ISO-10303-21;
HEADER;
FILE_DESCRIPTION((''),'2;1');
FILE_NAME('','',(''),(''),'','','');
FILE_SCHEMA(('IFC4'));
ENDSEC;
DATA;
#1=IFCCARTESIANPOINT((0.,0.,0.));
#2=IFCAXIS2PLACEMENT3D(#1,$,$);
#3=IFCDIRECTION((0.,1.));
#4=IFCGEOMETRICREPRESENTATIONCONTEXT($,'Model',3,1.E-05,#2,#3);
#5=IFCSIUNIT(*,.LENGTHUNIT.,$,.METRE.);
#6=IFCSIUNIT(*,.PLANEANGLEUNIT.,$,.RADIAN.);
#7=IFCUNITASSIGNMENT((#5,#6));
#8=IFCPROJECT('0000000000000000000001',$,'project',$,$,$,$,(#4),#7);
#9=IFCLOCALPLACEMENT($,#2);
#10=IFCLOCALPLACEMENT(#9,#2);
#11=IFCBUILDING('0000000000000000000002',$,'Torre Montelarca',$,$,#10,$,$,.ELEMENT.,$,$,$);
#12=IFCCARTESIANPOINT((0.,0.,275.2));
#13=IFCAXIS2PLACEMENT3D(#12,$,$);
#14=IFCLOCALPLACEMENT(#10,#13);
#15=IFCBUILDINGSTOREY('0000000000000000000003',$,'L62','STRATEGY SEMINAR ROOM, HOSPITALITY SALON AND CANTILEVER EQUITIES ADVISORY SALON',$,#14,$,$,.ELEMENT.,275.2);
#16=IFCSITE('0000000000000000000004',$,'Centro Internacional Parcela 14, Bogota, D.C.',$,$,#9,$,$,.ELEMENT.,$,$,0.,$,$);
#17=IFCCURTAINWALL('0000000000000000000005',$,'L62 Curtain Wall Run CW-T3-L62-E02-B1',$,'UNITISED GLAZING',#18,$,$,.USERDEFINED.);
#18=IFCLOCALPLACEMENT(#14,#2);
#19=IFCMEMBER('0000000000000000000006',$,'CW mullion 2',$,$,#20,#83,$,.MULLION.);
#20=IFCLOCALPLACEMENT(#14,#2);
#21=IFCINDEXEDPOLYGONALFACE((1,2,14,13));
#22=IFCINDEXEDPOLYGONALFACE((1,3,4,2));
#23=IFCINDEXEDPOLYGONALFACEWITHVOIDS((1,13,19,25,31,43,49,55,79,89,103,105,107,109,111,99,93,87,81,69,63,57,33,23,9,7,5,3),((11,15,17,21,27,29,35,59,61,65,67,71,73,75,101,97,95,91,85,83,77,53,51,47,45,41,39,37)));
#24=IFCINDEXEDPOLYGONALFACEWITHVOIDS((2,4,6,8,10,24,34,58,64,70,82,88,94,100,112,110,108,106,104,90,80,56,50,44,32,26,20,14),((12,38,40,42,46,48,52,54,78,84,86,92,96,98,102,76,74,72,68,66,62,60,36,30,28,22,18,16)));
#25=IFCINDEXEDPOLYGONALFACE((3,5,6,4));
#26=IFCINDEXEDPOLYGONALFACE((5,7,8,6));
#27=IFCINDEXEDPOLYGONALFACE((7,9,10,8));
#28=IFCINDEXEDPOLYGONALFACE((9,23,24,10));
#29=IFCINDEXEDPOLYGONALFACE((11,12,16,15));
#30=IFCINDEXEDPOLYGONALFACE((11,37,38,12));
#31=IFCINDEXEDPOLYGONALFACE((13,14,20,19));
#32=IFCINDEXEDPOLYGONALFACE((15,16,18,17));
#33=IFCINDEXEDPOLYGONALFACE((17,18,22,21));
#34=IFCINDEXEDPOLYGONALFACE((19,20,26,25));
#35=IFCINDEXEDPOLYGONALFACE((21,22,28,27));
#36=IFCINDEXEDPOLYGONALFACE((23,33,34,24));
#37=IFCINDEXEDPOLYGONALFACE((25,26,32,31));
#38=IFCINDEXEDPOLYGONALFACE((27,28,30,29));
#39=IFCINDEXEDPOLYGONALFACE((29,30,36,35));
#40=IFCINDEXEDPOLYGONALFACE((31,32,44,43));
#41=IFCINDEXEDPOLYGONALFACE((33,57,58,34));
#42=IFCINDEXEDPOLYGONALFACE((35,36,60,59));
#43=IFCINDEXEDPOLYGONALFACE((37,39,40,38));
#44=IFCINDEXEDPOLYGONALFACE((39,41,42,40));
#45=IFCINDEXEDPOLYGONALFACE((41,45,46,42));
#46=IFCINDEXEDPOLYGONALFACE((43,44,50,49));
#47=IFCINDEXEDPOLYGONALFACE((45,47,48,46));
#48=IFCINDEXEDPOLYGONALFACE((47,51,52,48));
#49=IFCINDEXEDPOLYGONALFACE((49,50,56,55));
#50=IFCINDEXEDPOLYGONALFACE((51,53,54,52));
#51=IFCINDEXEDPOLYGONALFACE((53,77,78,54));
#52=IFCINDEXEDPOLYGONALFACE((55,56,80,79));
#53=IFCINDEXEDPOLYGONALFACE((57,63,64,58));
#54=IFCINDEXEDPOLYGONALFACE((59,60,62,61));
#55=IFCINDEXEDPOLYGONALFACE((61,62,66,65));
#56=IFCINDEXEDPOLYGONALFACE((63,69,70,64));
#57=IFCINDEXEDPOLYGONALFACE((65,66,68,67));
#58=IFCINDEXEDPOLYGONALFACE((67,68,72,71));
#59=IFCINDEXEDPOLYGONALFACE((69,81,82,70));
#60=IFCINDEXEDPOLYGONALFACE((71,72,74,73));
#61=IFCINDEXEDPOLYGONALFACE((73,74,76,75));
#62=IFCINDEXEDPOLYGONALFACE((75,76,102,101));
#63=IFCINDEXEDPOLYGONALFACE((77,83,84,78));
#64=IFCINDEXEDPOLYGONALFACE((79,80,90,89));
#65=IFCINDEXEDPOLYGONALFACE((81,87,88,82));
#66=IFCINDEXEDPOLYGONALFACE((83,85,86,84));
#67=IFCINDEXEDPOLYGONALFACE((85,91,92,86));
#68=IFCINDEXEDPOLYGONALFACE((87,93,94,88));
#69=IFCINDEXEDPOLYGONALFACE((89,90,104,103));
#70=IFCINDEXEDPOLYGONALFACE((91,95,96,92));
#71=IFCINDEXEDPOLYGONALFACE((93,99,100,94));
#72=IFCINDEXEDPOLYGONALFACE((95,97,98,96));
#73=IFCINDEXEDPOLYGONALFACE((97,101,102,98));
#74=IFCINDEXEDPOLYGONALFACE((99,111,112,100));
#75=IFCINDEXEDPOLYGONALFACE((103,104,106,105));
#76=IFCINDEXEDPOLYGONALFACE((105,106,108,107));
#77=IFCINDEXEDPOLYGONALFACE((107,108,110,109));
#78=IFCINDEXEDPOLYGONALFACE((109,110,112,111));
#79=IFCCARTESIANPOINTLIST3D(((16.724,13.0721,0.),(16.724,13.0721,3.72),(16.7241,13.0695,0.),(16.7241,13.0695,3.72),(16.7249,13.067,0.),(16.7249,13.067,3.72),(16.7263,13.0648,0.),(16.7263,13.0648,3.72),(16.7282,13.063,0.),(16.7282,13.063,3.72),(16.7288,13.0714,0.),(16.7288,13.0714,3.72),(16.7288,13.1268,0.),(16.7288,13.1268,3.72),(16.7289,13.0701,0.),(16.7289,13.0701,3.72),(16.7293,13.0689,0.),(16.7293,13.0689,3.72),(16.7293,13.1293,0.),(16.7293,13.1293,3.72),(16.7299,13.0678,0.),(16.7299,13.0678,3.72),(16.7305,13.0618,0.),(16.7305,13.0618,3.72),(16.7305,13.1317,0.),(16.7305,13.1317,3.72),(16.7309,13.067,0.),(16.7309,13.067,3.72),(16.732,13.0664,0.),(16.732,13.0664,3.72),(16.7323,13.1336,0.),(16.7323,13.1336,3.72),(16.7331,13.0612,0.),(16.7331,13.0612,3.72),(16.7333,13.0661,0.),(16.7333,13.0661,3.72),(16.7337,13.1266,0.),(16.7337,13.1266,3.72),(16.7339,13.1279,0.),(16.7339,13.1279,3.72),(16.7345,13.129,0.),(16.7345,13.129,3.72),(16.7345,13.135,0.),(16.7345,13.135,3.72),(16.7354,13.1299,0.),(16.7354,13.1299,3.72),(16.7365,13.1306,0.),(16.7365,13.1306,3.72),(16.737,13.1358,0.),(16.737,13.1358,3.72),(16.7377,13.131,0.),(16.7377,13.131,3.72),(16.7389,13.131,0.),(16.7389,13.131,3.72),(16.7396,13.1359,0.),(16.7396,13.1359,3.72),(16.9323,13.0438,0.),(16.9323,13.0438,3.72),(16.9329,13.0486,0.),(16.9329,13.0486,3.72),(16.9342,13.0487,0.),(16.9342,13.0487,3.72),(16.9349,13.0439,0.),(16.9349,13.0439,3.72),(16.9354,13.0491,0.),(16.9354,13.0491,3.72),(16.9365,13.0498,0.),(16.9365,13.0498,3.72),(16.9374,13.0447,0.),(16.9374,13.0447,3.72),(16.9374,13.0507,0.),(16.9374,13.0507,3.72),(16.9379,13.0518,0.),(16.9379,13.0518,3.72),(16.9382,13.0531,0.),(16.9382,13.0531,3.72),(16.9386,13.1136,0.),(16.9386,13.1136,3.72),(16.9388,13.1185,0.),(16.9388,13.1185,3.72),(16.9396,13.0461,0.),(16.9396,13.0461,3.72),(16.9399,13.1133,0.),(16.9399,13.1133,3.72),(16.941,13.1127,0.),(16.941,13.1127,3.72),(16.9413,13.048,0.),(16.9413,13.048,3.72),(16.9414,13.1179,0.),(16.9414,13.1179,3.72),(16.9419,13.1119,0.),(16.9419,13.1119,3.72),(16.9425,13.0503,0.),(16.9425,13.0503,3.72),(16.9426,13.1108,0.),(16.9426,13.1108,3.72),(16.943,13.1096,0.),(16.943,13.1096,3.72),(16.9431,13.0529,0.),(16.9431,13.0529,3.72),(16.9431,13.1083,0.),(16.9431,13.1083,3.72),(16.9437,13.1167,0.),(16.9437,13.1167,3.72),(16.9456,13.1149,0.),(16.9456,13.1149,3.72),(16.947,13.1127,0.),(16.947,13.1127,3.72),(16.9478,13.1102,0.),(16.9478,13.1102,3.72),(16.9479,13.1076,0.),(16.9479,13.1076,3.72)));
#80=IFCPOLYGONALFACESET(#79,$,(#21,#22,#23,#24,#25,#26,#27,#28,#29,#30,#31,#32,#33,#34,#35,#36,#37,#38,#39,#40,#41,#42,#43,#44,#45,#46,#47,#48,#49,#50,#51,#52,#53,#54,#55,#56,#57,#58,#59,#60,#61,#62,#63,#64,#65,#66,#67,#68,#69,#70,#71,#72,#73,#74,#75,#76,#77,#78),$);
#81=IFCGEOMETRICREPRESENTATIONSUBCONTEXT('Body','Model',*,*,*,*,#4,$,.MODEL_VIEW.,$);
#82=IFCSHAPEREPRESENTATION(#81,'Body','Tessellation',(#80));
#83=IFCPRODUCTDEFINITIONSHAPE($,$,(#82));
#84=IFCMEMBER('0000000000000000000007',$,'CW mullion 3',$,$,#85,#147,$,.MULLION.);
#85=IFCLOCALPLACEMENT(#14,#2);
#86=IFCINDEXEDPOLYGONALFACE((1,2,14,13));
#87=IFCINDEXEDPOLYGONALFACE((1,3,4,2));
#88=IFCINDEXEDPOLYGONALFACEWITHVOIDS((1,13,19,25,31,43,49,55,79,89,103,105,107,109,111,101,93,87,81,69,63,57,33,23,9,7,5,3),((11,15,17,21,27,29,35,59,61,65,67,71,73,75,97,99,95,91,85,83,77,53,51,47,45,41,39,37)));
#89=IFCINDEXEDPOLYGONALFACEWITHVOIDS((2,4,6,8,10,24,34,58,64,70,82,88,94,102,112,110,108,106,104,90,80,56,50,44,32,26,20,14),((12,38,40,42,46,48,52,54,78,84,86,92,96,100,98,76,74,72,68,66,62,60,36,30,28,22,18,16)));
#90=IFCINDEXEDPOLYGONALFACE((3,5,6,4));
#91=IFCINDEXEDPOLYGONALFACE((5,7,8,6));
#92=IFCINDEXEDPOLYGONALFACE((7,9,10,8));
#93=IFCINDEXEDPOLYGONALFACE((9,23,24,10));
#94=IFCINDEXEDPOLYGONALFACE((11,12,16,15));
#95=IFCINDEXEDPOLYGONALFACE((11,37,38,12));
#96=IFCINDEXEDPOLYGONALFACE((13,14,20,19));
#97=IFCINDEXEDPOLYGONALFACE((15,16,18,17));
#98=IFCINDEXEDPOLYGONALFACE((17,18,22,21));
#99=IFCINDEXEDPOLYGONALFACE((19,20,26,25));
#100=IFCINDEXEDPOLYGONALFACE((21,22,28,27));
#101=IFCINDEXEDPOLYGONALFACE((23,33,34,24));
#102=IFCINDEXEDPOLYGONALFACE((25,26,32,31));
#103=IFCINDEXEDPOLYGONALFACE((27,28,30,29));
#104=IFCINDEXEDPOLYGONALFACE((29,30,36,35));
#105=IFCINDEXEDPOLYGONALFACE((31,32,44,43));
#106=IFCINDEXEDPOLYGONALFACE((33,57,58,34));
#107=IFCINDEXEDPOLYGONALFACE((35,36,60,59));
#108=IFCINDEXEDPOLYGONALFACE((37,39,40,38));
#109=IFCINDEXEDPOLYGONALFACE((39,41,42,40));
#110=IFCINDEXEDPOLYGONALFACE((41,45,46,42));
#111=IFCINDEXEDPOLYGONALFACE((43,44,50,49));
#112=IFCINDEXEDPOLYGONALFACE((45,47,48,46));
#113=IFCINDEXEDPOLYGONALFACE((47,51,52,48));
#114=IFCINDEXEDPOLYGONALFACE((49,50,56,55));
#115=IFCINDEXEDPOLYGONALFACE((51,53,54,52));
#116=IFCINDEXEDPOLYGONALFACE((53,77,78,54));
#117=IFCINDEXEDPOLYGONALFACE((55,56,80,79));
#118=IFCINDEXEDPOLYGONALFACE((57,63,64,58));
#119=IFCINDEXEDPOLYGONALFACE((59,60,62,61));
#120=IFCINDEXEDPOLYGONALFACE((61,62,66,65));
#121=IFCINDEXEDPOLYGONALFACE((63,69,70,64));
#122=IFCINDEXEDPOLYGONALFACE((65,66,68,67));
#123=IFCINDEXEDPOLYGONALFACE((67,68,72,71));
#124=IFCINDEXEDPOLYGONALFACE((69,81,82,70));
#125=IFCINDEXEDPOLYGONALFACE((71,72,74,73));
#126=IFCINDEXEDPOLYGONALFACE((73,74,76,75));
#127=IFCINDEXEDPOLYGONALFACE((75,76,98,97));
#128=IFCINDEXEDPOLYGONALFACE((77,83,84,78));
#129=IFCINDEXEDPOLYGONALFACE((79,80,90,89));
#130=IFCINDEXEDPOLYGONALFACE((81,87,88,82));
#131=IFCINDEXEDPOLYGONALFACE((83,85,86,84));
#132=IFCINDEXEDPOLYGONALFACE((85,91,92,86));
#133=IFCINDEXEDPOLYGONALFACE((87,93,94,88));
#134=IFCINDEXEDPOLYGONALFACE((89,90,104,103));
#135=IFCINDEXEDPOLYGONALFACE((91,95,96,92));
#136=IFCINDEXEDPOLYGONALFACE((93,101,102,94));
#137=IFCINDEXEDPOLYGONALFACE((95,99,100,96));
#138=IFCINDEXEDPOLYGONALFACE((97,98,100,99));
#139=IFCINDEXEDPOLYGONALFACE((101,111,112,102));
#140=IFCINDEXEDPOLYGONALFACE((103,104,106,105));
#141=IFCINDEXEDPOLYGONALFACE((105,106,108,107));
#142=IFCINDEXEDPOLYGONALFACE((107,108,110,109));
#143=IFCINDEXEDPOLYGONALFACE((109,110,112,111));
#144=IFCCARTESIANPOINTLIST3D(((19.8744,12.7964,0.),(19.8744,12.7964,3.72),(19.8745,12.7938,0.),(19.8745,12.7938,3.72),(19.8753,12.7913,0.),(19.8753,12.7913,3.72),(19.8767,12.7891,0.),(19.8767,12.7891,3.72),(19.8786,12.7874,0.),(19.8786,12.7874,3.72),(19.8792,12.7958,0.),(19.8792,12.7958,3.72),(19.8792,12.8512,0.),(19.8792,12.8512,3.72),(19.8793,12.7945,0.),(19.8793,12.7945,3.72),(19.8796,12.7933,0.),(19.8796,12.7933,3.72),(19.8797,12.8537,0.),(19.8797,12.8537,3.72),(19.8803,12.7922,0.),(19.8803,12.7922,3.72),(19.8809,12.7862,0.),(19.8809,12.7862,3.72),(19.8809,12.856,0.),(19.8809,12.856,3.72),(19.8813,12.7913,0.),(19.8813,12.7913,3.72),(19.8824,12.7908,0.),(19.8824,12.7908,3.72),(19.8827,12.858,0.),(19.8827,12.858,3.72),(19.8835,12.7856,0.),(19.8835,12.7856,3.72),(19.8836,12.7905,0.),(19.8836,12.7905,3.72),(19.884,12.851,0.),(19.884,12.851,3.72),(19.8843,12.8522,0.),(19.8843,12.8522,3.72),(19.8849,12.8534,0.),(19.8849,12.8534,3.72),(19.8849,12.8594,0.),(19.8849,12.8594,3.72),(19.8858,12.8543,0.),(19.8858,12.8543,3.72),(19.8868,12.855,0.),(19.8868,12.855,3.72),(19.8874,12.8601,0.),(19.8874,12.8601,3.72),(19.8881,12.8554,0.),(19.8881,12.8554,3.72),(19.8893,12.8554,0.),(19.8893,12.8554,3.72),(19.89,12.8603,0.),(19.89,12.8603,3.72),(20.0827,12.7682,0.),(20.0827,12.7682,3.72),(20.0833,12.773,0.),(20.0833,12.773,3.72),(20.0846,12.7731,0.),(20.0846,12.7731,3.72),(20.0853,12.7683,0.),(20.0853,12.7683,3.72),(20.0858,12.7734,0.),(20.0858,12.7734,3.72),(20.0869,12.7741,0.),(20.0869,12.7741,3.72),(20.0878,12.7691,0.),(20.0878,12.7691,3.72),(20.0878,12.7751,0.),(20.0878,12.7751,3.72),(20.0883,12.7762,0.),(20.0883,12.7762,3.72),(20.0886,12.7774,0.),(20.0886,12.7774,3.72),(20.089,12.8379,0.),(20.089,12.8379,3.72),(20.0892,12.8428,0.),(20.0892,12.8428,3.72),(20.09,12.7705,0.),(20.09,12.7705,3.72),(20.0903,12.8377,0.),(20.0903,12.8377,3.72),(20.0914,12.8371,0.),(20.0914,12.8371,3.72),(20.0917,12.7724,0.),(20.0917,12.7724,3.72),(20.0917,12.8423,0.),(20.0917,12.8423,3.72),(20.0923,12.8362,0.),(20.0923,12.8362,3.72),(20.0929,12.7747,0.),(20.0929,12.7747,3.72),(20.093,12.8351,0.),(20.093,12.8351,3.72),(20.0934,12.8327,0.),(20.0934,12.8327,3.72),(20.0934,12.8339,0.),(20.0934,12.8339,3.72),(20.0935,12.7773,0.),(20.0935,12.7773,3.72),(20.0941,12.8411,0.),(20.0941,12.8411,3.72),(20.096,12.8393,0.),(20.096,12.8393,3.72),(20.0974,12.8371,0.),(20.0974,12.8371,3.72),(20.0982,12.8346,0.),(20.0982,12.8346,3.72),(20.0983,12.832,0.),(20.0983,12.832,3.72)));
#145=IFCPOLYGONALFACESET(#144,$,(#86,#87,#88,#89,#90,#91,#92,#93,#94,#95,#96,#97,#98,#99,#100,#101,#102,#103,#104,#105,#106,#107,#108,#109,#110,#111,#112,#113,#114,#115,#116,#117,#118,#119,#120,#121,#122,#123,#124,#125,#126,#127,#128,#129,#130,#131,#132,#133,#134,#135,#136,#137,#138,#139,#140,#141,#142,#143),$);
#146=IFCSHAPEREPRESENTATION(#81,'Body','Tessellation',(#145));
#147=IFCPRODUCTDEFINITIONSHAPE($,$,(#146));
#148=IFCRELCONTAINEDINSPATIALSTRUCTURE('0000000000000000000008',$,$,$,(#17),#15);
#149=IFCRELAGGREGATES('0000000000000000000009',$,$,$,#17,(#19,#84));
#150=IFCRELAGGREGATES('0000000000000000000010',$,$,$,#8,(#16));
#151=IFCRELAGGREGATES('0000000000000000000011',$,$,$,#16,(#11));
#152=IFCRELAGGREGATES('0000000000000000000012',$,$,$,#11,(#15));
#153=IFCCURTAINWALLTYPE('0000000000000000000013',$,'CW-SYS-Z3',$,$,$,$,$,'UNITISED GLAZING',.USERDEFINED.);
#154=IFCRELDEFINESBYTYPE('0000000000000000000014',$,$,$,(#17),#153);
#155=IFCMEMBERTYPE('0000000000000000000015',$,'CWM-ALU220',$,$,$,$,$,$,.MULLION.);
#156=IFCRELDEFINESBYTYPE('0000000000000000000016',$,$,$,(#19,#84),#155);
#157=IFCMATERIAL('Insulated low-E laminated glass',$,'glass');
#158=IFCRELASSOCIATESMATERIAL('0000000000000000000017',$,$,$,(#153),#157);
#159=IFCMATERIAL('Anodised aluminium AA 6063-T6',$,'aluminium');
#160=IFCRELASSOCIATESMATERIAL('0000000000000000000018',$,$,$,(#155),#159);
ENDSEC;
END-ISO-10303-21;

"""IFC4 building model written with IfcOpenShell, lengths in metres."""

from ifc_helpers import new_model, si_unit, direction, frame, origin, origin_2d, place, context, subcontext, project, spatial, hollow_rectangle, extrude, source, transform, mapped, material, material_profile, profile_set, type_object, element, aggregate, save


model = new_model("IFC4")

# Units and contexts
model_context = context("Model", 3, precision=1e-05, world=origin(), true_north=direction((0.0, 1.0)))
body_context = subcontext(model_context, "Body", "Model", "MODEL_VIEW")
ifc_project = project(units=[si_unit("LENGTHUNIT", "METRE"), si_unit("PLANEANGLEUNIT", "RADIAN")], contexts=[model_context])

# Site, building, storey
site_placement = place(None, origin())
site = spatial("IfcSite", under=ifc_project, at=site_placement, Name="Centro Internacional Parcela 14, Bogota, D.C.", CompositionType="ELEMENT", RefElevation=0.0)
building_placement = place(site_placement, origin())
building = spatial("IfcBuilding", under=site, at=building_placement, Name="Torre Montelarca", CompositionType="ELEMENT")
storey_placement = place(building_placement, frame((0.0, 0.0, 275.2)))
storey = spatial("IfcBuildingStorey", under=building, at=storey_placement, Name="L62", Description="STRATEGY SEMINAR ROOM, HOSPITALITY SALON AND CANTILEVER EQUITIES ADVISORY SALON", CompositionType="ELEMENT", Elevation=275.2)

# Curtain wall
ifc_material_1 = material(Name="Insulated low-E laminated glass", Category="glass")
curtain_wall_type = type_object("IfcCurtainWallType", Name="CW-SYS-Z3", ElementType="UNITISED GLAZING", PredefinedType="USERDEFINED", material=ifc_material_1)
curtain_wall_1_placement = place(storey_placement, origin())
curtain_wall_1 = element("IfcCurtainWall", 1, at=curtain_wall_1_placement, inside=storey, type_object=curtain_wall_type, Name="L62 Curtain Wall Run CW-T3-L62-E02-B1", ObjectType="UNITISED GLAZING", PredefinedType="USERDEFINED")
ifc_material_2 = material(Name="Anodised aluminium AA 6063-T6", Category="aluminium")

# Shared definitions
ifc_material_profile_1 = material_profile(ifc_material_2, hollow_rectangle(XDim=0.075, YDim=0.22, WallThickness=0.0049, InnerFilletRadius=0.0049, OuterFilletRadius=0.01, at=origin_2d()), Name="ALU75X220X5", Category="aluminium")
ifc_profile_set_1 = profile_set([ifc_material_profile_1], Name="Anodised aluminium AA 6063-T6")
member_type_1 = type_object("IfcMemberType", Name="CWM-ALU220", PredefinedType="MULLION", material=ifc_profile_set_1)
shared_shape_1 = source(origin(), body_context, "Body", "SweptSolid", [
    extrude(hollow_rectangle(XDim=0.075, YDim=0.22, WallThickness=0.0049, InnerFilletRadius=0.0049, OuterFilletRadius=0.01, at=origin_2d()), origin(), (0.0, 0.0, 1.0), 3.72),
])

# Members
member_1_placement = place(storey_placement, frame((16.8359, 13.0898, 0.0), z_axis=(0.0, 0.0, 1.0), x_axis=(0.087174, 0.996193, 0.0)))
member_1 = element("IfcMember", 2, at=member_1_placement, type_object=member_type_1, Name="CW mullion 2", PredefinedType="MULLION", context=body_context, shape_type="MappedRepresentation", body=[
    mapped(shared_shape_1, transform((0.0, 0.0, 0.0), scale=1.0)),
])
member_2_placement = place(storey_placement, frame((19.9863, 12.8142, 0.0), z_axis=(0.0, 0.0, 1.0), x_axis=(0.087174, 0.996193, 0.0)))
member_2 = element("IfcMember", 3, at=member_2_placement, type_object=member_type_1, Name="CW mullion 3", PredefinedType="MULLION", context=body_context, shape_type="MappedRepresentation", body=[
    mapped(shared_shape_1, transform((0.0, 0.0, 0.0), scale=1.0)),
])

aggregate(curtain_wall_1, [member_1, member_2])

save(model, "model.ifc")
